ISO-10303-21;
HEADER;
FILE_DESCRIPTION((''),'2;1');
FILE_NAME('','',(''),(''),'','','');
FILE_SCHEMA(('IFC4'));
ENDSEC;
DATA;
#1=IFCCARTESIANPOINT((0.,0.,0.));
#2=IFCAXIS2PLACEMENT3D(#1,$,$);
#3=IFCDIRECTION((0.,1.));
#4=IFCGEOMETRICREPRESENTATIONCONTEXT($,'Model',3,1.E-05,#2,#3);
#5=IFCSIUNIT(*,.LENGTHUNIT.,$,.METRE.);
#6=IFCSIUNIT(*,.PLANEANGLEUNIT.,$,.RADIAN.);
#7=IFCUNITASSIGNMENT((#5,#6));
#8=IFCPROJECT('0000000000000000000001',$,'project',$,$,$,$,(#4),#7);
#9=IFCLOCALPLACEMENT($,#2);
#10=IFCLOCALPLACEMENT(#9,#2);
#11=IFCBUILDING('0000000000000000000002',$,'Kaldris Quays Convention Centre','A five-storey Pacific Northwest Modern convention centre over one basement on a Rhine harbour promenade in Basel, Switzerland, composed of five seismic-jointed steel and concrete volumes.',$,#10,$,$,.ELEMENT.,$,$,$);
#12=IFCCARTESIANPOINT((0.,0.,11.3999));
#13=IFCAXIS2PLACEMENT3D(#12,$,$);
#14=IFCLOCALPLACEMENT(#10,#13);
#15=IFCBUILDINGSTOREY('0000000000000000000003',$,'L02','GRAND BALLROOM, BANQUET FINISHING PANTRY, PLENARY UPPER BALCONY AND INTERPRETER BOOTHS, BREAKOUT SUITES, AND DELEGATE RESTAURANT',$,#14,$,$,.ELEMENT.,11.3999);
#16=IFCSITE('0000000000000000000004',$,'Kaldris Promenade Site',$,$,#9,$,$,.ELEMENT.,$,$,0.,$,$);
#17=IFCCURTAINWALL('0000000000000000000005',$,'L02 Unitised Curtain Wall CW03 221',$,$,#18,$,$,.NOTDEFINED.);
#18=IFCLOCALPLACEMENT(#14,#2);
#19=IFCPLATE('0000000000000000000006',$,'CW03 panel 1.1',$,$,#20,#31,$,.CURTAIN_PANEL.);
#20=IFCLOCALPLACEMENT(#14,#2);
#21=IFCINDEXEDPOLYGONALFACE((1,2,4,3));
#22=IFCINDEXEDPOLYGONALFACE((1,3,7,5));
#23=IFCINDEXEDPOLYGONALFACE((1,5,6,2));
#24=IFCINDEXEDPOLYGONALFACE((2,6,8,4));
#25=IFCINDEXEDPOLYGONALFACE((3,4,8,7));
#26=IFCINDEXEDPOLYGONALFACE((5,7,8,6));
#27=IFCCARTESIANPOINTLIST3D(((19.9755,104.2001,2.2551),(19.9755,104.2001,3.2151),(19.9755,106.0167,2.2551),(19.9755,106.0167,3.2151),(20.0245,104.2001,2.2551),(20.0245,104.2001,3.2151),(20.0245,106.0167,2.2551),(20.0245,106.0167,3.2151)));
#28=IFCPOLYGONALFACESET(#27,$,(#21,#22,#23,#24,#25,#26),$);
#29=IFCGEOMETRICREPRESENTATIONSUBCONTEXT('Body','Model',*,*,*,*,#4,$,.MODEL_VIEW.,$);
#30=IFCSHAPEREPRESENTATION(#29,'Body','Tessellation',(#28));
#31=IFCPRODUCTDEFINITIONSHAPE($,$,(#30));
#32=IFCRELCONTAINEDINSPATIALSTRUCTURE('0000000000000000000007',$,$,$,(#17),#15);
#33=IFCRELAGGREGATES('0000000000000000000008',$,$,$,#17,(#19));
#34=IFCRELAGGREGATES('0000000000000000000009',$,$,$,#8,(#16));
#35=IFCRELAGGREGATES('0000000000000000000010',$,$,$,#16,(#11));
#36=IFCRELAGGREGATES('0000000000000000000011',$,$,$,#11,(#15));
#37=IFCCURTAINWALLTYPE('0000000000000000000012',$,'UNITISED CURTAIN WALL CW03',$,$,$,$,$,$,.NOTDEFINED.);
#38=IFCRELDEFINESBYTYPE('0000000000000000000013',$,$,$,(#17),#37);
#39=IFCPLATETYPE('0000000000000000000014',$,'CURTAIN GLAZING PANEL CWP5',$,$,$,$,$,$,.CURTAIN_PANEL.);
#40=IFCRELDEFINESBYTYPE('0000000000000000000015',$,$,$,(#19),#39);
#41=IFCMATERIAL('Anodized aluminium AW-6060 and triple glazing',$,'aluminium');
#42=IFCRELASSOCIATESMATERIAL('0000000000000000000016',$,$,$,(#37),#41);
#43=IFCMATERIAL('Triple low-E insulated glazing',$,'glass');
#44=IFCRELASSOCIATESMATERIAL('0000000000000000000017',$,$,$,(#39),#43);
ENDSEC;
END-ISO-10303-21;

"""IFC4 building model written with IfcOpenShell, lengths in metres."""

from ifc_helpers import new_model, si_unit, direction, frame, origin, origin_2d, place, context, subcontext, project, spatial, rectangle, extrude, material, type_object, element, aggregate, save


model = new_model("IFC4")

# Units and contexts
model_context = context("Model", 3, precision=1e-05, world=origin(), true_north=direction((0.0, 1.0)))
body_context = subcontext(model_context, "Body", "Model", "MODEL_VIEW")
ifc_project = project(units=[si_unit("LENGTHUNIT", "METRE"), si_unit("PLANEANGLEUNIT", "RADIAN")], contexts=[model_context])

# Site, building, storey
site_placement = place(None, origin())
site = spatial("IfcSite", under=ifc_project, at=site_placement, Name="Kaldris Promenade Site", CompositionType="ELEMENT", RefElevation=0.0)
building_placement = place(site_placement, origin())
building = spatial("IfcBuilding", under=site, at=building_placement, Name="Kaldris Quays Convention Centre", Description="A five-storey Pacific Northwest Modern convention centre over one basement on a Rhine harbour promenade in Basel, Switzerland, composed of five seismic-jointed steel and concrete volumes.", CompositionType="ELEMENT")
storey_placement = place(building_placement, frame((0.0, 0.0, 11.3999)))
storey = spatial("IfcBuildingStorey", under=building, at=storey_placement, Name="L02", Description="GRAND BALLROOM, BANQUET FINISHING PANTRY, PLENARY UPPER BALCONY AND INTERPRETER BOOTHS, BREAKOUT SUITES, AND DELEGATE RESTAURANT", CompositionType="ELEMENT", Elevation=11.3999)

# Shared definitions
ifc_material_1 = material(Name="Anodized aluminium AW-6060 and triple glazing", Category="aluminium")
curtain_wall_type = type_object("IfcCurtainWallType", Name="UNITISED CURTAIN WALL CW03", PredefinedType="NOTDEFINED", material=ifc_material_1)

# Curtain wall
curtain_wall_1_placement = place(storey_placement, origin())
curtain_wall_1 = element("IfcCurtainWall", 1, at=curtain_wall_1_placement, inside=storey, type_object=curtain_wall_type, Name="L02 Unitised Curtain Wall CW03 221", PredefinedType="NOTDEFINED")

# Plate
ifc_material_2 = material(Name="Triple low-E insulated glazing", Category="glass")
plate_type_1 = type_object("IfcPlateType", Name="CURTAIN GLAZING PANEL CWP5", PredefinedType="CURTAIN_PANEL", material=ifc_material_2)
plate_1_placement = place(storey_placement, frame((20.0, 105.1084, 2.2551), z_axis=(0.0, 0.0, 1.0), x_axis=(0.0, 1.0, 0.0)))
plate_1 = element("IfcPlate", 2, at=plate_1_placement, type_object=plate_type_1, Name="CW03 panel 1.1", PredefinedType="CURTAIN_PANEL", context=body_context, shape_type="SweptSolid", body=[
    extrude(rectangle(XDim=1.8167, YDim=0.0491, at=origin_2d()), origin(), (0.0, 0.0, 1.0), 0.96),
])
aggregate(curtain_wall_1, [plate_1])

save(model, "model.ifc")
